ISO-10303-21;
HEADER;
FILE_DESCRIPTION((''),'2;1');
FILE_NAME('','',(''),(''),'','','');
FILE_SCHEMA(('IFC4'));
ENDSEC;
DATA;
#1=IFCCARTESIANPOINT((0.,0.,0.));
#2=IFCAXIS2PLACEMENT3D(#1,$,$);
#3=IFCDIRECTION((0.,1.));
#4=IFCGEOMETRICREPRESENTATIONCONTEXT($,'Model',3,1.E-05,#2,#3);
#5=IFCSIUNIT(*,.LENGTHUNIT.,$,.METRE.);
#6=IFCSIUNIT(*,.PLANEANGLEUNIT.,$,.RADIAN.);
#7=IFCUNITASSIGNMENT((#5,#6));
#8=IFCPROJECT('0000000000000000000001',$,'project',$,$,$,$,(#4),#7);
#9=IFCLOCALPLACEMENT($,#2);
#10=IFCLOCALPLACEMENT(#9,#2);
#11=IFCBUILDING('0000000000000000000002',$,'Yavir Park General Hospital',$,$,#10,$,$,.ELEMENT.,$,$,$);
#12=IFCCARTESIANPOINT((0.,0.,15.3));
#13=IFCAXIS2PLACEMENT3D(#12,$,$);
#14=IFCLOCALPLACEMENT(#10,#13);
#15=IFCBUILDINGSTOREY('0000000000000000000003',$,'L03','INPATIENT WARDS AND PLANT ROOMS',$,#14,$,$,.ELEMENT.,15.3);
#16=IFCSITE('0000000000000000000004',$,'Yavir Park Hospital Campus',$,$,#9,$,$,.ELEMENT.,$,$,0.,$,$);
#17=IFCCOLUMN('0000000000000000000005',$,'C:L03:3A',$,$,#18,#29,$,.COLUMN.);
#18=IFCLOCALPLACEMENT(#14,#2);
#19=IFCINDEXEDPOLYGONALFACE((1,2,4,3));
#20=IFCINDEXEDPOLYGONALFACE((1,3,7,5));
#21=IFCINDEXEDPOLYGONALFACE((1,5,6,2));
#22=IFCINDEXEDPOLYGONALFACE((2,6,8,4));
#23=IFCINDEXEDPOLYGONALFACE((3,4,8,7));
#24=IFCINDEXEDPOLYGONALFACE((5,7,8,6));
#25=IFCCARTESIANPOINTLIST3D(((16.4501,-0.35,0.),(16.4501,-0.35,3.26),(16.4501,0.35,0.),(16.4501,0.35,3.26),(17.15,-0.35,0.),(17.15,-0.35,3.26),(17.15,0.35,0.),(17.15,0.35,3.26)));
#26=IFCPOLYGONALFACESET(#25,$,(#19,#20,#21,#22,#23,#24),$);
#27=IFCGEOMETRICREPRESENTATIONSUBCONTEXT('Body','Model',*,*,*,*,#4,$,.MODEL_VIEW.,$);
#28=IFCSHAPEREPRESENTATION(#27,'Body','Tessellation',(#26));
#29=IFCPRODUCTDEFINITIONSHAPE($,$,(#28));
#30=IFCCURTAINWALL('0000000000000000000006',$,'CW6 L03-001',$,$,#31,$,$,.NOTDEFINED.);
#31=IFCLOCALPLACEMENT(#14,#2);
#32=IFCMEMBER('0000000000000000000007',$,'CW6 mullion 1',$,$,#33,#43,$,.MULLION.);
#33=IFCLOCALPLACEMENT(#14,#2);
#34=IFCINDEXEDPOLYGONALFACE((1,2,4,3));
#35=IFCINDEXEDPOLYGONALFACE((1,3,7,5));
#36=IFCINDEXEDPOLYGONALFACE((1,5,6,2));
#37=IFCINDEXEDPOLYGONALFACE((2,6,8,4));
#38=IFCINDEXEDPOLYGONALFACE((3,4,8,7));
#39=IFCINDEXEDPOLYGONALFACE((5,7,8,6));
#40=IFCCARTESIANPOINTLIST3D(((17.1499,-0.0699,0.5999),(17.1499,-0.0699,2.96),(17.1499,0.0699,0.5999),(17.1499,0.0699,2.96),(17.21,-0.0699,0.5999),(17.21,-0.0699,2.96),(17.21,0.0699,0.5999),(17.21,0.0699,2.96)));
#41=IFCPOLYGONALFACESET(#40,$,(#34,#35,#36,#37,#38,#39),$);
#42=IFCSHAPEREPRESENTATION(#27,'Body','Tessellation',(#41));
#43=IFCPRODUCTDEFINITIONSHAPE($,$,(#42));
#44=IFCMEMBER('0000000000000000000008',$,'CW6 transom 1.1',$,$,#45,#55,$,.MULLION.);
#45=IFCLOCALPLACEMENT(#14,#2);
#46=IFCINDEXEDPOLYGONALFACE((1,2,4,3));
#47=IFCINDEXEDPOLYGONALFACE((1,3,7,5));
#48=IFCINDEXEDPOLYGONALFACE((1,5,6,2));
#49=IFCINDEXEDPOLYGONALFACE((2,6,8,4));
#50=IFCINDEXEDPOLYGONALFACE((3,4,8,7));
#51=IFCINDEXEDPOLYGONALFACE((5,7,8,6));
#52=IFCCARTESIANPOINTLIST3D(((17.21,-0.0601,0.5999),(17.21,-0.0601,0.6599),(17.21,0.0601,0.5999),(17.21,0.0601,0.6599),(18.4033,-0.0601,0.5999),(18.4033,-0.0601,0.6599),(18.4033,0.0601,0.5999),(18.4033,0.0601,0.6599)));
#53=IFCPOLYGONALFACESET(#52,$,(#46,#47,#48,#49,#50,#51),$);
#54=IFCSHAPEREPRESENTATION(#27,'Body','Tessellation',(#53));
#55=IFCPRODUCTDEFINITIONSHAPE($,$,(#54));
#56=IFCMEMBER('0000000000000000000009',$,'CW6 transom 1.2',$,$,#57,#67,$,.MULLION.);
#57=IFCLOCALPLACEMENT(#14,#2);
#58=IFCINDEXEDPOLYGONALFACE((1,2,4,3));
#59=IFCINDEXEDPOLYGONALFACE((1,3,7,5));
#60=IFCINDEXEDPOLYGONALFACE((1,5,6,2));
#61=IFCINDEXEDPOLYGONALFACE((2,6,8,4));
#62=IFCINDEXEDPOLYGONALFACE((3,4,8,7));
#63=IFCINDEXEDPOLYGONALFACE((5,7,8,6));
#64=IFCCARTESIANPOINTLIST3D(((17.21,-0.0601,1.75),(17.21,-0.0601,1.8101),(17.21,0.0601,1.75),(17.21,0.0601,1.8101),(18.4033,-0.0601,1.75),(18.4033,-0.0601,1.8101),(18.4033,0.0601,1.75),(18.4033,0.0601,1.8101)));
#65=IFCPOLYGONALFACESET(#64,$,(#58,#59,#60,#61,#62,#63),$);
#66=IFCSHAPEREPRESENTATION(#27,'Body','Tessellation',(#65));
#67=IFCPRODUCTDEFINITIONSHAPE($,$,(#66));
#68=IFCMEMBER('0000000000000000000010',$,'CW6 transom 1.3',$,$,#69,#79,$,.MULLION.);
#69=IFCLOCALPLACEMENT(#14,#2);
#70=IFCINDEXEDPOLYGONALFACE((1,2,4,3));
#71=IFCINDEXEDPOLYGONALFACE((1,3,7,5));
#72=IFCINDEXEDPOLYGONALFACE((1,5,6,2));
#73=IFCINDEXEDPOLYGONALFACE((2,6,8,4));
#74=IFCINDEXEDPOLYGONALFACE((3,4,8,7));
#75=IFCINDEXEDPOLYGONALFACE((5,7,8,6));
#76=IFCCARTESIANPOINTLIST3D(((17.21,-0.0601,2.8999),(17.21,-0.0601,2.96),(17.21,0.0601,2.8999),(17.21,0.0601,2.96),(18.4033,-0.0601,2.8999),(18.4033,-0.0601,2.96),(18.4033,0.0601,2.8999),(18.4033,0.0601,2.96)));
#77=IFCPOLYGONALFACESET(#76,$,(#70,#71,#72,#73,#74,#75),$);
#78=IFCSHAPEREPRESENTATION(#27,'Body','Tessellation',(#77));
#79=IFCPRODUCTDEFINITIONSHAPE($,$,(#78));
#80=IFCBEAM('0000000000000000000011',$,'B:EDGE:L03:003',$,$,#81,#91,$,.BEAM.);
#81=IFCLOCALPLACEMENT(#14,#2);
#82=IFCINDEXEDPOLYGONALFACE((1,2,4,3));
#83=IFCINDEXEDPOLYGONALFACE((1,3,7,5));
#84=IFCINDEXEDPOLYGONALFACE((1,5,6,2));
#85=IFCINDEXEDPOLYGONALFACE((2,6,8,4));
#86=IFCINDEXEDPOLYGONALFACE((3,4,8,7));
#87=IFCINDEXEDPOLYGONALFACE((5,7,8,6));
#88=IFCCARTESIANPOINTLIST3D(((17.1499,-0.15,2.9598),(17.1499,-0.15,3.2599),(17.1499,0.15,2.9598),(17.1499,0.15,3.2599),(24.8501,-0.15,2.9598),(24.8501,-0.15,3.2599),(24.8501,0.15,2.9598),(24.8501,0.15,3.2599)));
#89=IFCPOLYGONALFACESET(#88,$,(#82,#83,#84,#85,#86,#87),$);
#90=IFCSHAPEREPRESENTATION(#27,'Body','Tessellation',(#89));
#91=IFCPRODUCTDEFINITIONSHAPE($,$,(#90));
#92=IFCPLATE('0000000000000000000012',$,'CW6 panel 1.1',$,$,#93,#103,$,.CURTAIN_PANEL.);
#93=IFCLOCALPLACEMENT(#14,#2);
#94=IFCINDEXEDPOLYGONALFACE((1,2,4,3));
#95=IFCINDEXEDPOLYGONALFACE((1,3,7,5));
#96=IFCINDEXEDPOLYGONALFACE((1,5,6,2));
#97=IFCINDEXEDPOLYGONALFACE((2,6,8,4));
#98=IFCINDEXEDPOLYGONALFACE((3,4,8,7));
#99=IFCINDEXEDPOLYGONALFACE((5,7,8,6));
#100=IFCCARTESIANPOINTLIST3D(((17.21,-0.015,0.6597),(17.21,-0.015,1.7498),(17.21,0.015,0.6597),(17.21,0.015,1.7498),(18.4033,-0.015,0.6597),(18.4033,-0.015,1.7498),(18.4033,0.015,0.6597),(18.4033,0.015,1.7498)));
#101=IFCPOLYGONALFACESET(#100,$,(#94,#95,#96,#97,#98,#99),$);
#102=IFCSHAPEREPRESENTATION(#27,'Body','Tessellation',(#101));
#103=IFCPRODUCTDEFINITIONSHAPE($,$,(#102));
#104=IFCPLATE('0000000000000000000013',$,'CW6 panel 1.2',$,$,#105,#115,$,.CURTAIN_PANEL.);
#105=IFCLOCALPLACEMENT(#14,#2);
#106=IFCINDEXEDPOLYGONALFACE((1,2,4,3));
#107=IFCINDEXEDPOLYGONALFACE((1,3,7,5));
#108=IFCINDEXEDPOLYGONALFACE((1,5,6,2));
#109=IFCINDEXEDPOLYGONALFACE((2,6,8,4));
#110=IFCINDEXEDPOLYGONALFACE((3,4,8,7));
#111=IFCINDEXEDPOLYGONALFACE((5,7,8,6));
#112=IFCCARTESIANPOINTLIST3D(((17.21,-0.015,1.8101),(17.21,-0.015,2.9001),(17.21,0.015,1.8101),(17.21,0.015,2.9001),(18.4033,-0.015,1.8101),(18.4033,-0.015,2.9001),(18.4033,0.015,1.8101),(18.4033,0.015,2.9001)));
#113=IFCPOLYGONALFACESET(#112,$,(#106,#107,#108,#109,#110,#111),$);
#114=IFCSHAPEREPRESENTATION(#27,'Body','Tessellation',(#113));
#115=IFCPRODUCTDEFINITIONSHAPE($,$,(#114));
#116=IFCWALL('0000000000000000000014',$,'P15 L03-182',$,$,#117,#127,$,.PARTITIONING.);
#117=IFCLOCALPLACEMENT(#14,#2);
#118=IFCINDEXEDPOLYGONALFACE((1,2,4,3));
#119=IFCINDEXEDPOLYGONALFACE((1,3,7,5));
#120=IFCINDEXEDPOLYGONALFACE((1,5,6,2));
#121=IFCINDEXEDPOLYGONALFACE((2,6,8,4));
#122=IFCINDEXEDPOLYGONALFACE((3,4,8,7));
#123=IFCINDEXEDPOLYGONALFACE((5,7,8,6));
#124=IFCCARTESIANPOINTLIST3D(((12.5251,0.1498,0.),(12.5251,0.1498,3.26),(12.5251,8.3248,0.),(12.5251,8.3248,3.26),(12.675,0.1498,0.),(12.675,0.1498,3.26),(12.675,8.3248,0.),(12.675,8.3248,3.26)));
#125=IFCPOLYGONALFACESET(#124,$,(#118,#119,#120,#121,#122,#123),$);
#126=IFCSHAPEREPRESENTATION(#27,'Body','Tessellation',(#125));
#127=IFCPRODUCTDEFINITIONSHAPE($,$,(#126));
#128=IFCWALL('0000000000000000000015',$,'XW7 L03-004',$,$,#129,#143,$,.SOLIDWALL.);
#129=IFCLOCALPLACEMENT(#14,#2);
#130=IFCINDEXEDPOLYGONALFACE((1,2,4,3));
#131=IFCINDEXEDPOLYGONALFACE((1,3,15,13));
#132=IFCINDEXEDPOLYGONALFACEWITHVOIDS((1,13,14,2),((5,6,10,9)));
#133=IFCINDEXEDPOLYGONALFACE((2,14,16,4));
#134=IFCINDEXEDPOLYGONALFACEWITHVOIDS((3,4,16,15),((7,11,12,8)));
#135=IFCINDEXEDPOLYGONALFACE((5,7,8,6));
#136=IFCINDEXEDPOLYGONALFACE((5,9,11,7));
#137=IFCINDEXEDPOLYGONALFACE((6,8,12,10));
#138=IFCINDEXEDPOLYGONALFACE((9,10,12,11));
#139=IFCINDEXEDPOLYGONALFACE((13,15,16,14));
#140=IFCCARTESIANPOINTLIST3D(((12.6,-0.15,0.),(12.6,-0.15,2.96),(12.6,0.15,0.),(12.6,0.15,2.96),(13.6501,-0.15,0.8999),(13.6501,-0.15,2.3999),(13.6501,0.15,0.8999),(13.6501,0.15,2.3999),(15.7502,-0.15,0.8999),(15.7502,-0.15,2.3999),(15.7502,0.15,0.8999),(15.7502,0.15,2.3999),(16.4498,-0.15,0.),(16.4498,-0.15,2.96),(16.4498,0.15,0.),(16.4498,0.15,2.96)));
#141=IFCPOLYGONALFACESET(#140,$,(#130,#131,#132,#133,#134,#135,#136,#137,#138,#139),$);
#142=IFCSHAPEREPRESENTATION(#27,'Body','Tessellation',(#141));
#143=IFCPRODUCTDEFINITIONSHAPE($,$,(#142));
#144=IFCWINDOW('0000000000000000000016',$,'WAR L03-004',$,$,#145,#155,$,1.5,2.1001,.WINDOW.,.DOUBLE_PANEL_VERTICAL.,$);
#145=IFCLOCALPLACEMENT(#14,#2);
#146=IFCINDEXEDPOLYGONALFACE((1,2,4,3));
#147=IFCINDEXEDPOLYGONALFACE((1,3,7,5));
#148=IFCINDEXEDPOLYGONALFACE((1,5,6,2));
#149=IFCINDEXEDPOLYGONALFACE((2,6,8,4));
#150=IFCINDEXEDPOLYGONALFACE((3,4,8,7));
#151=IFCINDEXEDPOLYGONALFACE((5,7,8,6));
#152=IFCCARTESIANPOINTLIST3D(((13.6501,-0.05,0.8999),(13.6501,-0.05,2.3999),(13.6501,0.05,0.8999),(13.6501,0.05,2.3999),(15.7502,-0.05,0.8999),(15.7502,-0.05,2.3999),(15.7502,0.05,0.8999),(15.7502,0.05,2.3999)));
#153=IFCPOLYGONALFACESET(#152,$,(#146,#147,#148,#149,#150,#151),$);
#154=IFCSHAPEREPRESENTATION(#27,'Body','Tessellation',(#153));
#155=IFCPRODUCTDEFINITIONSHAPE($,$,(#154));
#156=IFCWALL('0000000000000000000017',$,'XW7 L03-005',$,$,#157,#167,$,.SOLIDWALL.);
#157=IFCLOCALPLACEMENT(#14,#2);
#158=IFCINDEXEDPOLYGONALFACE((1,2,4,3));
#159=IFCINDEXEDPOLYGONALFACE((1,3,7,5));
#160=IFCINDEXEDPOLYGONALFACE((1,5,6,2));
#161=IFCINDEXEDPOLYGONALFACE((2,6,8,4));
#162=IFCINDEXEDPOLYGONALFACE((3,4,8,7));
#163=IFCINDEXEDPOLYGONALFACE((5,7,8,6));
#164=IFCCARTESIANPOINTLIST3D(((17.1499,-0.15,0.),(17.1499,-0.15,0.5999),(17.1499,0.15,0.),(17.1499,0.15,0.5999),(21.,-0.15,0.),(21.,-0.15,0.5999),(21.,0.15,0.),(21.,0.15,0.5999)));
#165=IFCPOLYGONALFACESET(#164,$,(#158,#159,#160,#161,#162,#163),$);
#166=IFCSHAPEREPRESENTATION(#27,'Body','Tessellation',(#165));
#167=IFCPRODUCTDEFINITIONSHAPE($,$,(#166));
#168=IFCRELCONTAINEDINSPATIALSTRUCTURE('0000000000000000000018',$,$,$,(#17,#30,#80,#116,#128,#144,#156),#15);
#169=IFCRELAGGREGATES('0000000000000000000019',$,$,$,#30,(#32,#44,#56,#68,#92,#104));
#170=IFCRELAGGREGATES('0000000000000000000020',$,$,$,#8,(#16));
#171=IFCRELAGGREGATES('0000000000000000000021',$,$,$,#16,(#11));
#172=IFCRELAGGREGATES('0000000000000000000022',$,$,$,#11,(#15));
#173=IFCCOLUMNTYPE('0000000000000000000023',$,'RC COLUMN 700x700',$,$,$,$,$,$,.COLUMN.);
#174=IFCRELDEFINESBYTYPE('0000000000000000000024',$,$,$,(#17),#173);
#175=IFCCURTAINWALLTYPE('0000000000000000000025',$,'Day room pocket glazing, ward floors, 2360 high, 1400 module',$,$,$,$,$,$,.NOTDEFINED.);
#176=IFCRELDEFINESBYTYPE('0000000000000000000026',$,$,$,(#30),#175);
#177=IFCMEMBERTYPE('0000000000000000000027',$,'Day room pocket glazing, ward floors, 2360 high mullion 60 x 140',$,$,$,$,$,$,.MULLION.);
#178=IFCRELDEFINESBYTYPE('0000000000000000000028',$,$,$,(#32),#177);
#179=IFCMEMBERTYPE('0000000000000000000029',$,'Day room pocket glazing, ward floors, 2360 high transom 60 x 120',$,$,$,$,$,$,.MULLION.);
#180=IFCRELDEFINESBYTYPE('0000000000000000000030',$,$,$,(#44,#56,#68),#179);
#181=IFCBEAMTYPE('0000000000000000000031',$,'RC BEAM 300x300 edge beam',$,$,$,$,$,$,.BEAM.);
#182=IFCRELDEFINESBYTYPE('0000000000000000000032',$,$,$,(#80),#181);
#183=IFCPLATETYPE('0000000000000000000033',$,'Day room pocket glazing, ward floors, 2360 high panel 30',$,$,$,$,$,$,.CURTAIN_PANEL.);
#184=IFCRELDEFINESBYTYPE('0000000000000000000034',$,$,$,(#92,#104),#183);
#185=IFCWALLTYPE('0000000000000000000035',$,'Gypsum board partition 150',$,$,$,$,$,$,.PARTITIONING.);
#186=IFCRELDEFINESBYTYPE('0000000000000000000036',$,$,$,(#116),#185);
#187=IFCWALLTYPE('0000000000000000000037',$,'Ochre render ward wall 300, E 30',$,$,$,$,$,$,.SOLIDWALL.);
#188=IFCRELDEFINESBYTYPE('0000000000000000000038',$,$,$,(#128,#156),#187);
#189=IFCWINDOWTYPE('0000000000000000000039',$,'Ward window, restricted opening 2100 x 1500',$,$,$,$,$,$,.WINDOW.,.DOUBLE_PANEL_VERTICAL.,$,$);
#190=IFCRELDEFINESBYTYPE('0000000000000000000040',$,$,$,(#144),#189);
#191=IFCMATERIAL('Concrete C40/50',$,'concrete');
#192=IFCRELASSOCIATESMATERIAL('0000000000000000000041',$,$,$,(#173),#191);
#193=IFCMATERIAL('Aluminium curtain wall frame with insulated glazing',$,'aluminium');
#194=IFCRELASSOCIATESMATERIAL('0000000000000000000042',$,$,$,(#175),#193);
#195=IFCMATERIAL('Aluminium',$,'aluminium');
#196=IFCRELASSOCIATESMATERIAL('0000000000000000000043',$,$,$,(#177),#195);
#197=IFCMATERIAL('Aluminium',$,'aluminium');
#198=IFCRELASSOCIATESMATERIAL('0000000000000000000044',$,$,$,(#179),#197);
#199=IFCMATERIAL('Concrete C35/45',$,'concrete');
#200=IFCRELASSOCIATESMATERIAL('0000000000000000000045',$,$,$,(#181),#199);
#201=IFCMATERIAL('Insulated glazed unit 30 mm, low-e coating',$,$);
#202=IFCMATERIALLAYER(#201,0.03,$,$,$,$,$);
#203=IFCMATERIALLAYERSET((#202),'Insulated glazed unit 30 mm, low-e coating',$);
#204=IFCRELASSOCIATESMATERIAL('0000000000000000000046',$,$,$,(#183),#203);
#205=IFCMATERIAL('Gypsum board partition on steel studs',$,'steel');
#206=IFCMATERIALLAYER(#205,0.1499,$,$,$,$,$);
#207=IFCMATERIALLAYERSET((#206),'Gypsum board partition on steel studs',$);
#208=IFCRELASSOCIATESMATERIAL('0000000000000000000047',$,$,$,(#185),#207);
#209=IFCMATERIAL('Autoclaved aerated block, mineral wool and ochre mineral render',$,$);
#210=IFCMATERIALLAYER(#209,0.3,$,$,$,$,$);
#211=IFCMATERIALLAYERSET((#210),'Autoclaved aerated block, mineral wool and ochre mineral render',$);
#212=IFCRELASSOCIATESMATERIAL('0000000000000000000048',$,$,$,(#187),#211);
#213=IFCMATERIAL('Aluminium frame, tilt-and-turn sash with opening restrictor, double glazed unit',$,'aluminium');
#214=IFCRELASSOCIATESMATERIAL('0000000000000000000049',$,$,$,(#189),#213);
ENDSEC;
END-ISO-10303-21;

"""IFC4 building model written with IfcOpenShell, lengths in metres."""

from ifc_helpers import new_model, si_unit, direction, frame, frame_2d, origin, origin_2d, place, context, subcontext, project, spatial, rectangle, extrude, material, layer, layer_set, material_profile, profile_set, type_object, element, fill, aggregate, save


model = new_model("IFC4")

# Units and contexts
model_context = context("Model", 3, precision=1e-05, world=origin(), true_north=direction((0.0, 1.0)))
body_context = subcontext(model_context, "Body", "Model", "MODEL_VIEW")
ifc_project = project(units=[si_unit("LENGTHUNIT", "METRE"), si_unit("PLANEANGLEUNIT", "RADIAN")], contexts=[model_context])

# Site, building, storey
site_placement = place(None, origin())
site = spatial("IfcSite", under=ifc_project, at=site_placement, Name="Yavir Park Hospital Campus", CompositionType="ELEMENT", RefElevation=0.0)
building_placement = place(site_placement, origin())
building = spatial("IfcBuilding", under=site, at=building_placement, Name="Yavir Park General Hospital", CompositionType="ELEMENT")
storey_placement = place(building_placement, frame((0.0, 0.0, 15.3)))
storey = spatial("IfcBuildingStorey", under=building, at=storey_placement, Name="L03", Description="INPATIENT WARDS AND PLANT ROOMS", CompositionType="ELEMENT", Elevation=15.3)

# Column
ifc_material_1 = material(Name="Concrete C40/50", Category="concrete")
ifc_material_profile_1 = material_profile(ifc_material_1, rectangle(XDim=0.7, YDim=0.7, at=origin_2d()), Name="RC700x700")
ifc_profile_set_1 = profile_set([ifc_material_profile_1], Name="Concrete C40/50")
column_type = type_object("IfcColumnType", Name="RC COLUMN 700x700", PredefinedType="COLUMN", material=ifc_profile_set_1)
column_placement = place(storey_placement, frame((16.8, 0.0, 0.0), z_axis=(0.0, 0.0, 1.0), x_axis=(1.0, 0.0, 0.0)))
element("IfcColumn", 1, at=column_placement, inside=storey, type_object=column_type, Name="C:L03:3A", PredefinedType="COLUMN", context=body_context, shape_type="SweptSolid", body=[
    extrude(rectangle(XDim=0.7, YDim=0.7, at=origin_2d()), origin(), (0.0, 0.0, 1.0), 3.26),
])

# Curtain wall, members
ifc_material_2 = material(Name="Aluminium curtain wall frame with insulated glazing", Category="aluminium")
curtain_wall_type = type_object("IfcCurtainWallType", Name="Day room pocket glazing, ward floors, 2360 high, 1400 module", PredefinedType="NOTDEFINED", material=ifc_material_2)
curtain_wall_placement = place(storey_placement, origin())
curtain_wall = element("IfcCurtainWall", 2, at=curtain_wall_placement, inside=storey, type_object=curtain_wall_type, Name="CW6 L03-001", PredefinedType="NOTDEFINED")
ifc_material_3 = material(Name="Aluminium", Category="aluminium")
ifc_material_profile_2 = material_profile(ifc_material_3, rectangle(XDim=0.1399, YDim=0.0601, at=origin_2d()), Name="AL 60x140")
ifc_profile_set_2 = profile_set([ifc_material_profile_2], Name="Aluminium")
member_type_1 = type_object("IfcMemberType", Name="Day room pocket glazing, ward floors, 2360 high mullion 60 x 140", PredefinedType="MULLION", material=ifc_profile_set_2)
member_1_placement = place(storey_placement, frame((17.1799, 0.0, 0.5999), z_axis=(0.0, 0.0, 1.0), x_axis=(0.0, 1.0, 0.0)))
member_1 = element("IfcMember", 3, at=member_1_placement, type_object=member_type_1, Name="CW6 mullion 1", PredefinedType="MULLION", context=body_context, shape_type="SweptSolid", body=[
    extrude(rectangle(XDim=0.1399, YDim=0.0601, at=origin_2d()), origin(), (0.0, 0.0, 1.0), 2.3601),
])
ifc_material_4 = material(Name="Aluminium", Category="aluminium")
ifc_material_profile_3 = material_profile(ifc_material_4, rectangle(XDim=0.1201, YDim=0.0601, at=origin_2d()), Name="AL 120x60")
ifc_profile_set_3 = profile_set([ifc_material_profile_3], Name="Aluminium")
member_type_2 = type_object("IfcMemberType", Name="Day room pocket glazing, ward floors, 2360 high transom 60 x 120", PredefinedType="MULLION", material=ifc_profile_set_3)
member_2_placement = place(storey_placement, frame((17.21, 0.0, 0.6299), z_axis=(1.0, 0.0, 0.0), x_axis=(0.0, 1.0, 0.0)))
member_2 = element("IfcMember", 4, at=member_2_placement, type_object=member_type_2, Name="CW6 transom 1.1", PredefinedType="MULLION", context=body_context, shape_type="SweptSolid", body=[
    extrude(rectangle(XDim=0.1201, YDim=0.0601, at=origin_2d()), origin(), (0.0, 0.0, 1.0), 1.1934),
])
member_3_placement = place(storey_placement, frame((17.21, 0.0, 1.78), z_axis=(1.0, 0.0, 0.0), x_axis=(0.0, 1.0, 0.0)))
member_3 = element("IfcMember", 5, at=member_3_placement, type_object=member_type_2, Name="CW6 transom 1.2", PredefinedType="MULLION", context=body_context, shape_type="SweptSolid", body=[
    extrude(rectangle(XDim=0.1201, YDim=0.0601, at=origin_2d()), origin(), (0.0, 0.0, 1.0), 1.1934),
])
member_4_placement = place(storey_placement, frame((17.21, 0.0, 2.9299), z_axis=(1.0, 0.0, 0.0), x_axis=(0.0, 1.0, 0.0)))
member_4 = element("IfcMember", 6, at=member_4_placement, type_object=member_type_2, Name="CW6 transom 1.3", PredefinedType="MULLION", context=body_context, shape_type="SweptSolid", body=[
    extrude(rectangle(XDim=0.1201, YDim=0.0601, at=origin_2d()), origin(), (0.0, 0.0, 1.0), 1.1934),
])

# Beam
ifc_material_5 = material(Name="Concrete C35/45", Category="concrete")
ifc_material_profile_4 = material_profile(ifc_material_5, rectangle(XDim=0.3, YDim=0.3, at=origin_2d()), Name="RC300x300")
ifc_profile_set_4 = profile_set([ifc_material_profile_4], Name="Concrete C35/45")
beam_type = type_object("IfcBeamType", Name="RC BEAM 300x300 edge beam", PredefinedType="BEAM", material=ifc_profile_set_4)
beam_placement = place(storey_placement, frame((17.1499, 0.0, 3.1099), z_axis=(1.0, 0.0, 0.0), x_axis=(0.0, 1.0, 0.0)))
element("IfcBeam", 7, at=beam_placement, inside=storey, type_object=beam_type, Name="B:EDGE:L03:003", PredefinedType="BEAM", context=body_context, shape_type="SweptSolid", body=[
    extrude(rectangle(XDim=0.3, YDim=0.3, at=origin_2d()), origin(), (0.0, 0.0, 1.0), 7.7002),
])

# Plates
ifc_material_6 = material(Name="Insulated glazed unit 30 mm, low-e coating")
ifc_layer_1 = layer(ifc_material_6, 0.03)
ifc_layer_set_1 = layer_set([ifc_layer_1], Name="Insulated glazed unit 30 mm, low-e coating")
plate_type = type_object("IfcPlateType", Name="Day room pocket glazing, ward floors, 2360 high panel 30", PredefinedType="CURTAIN_PANEL", material=ifc_layer_set_1)
plate_1_placement = place(storey_placement, frame((17.8066, 0.0, 0.6597), z_axis=(0.0, 0.0, 1.0), x_axis=(1.0, 0.0, 0.0)))
plate_1 = element("IfcPlate", 8, at=plate_1_placement, type_object=plate_type, Name="CW6 panel 1.1", PredefinedType="CURTAIN_PANEL", context=body_context, shape_type="SweptSolid", body=[
    extrude(rectangle(XDim=1.1934, YDim=0.03, at=origin_2d()), origin(), (0.0, 0.0, 1.0), 1.0901),
])
plate_2_placement = place(storey_placement, frame((17.8066, 0.0, 1.8101), z_axis=(0.0, 0.0, 1.0), x_axis=(1.0, 0.0, 0.0)))
plate_2 = element("IfcPlate", 9, at=plate_2_placement, type_object=plate_type, Name="CW6 panel 1.2", PredefinedType="CURTAIN_PANEL", context=body_context, shape_type="SweptSolid", body=[
    extrude(rectangle(XDim=1.1934, YDim=0.03, at=origin_2d()), origin(), (0.0, 0.0, 1.0), 1.0901),
])
aggregate(curtain_wall, [member_1, member_2, member_3, member_4, plate_1, plate_2])

# Wall
ifc_material_7 = material(Name="Gypsum board partition on steel studs", Category="steel")
ifc_layer_2 = layer(ifc_material_7, 0.1499)
ifc_layer_set_2 = layer_set([ifc_layer_2], Name="Gypsum board partition on steel studs")
wall_type_1 = type_object("IfcWallType", Name="Gypsum board partition 150", PredefinedType="PARTITIONING", material=ifc_layer_set_2)
wall_1_placement = place(storey_placement, frame((12.6001, 0.1499, 0.0), z_axis=(0.0, 0.0, 1.0), x_axis=(0.0, 1.0, 0.0)))
element("IfcWall", 10, at=wall_1_placement, inside=storey, type_object=wall_type_1, Name="P15 L03-182", PredefinedType="PARTITIONING", context=body_context, shape_type="SweptSolid", body=[
    extrude(rectangle(XDim=8.175, YDim=0.1499, at=frame_2d((4.0874, 0.0))), origin(), (0.0, 0.0, 1.0), 3.26),
])

# Wall, opening, window
ifc_material_8 = material(Name="Autoclaved aerated block, mineral wool and ochre mineral render")
ifc_layer_3 = layer(ifc_material_8, 0.3)
ifc_layer_set_3 = layer_set([ifc_layer_3], Name="Autoclaved aerated block, mineral wool and ochre mineral render")
wall_type_2 = type_object("IfcWallType", Name="Ochre render ward wall 300, E 30", PredefinedType="SOLIDWALL", material=ifc_layer_set_3)
wall_2_placement = place(storey_placement, frame((12.6001, 0.0, 0.0), z_axis=(0.0, 0.0, 1.0), x_axis=(1.0, 0.0, 0.0)))
wall_2 = element("IfcWall", 11, at=wall_2_placement, inside=storey, type_object=wall_type_2, Name="XW7 L03-004", PredefinedType="SOLIDWALL", context=body_context, shape_type="SweptSolid", body=[
    extrude(rectangle(XDim=3.8499, YDim=0.3, at=frame_2d((1.9248, 0.0))), origin(), (0.0, 0.0, 1.0), 2.96),
])
opening_placement = place(wall_2_placement, frame((1.05, 0.0, 0.8999)))
opening = element("IfcOpeningElement", 12, at=opening_placement, cuts=wall_2, PredefinedType="OPENING", context=body_context, shape_type="SweptSolid", body=[
    extrude(rectangle(XDim=2.1001, YDim=1.5, at=frame_2d((1.05, 0.75))), frame((0.0, 0.1599, 0.0), z_axis=(0.0, -1.0, 0.0), x_axis=(1.0, 0.0, 0.0)), (0.0, 0.0, 1.0), 0.3201),
])
ifc_material_9 = material(Name="Aluminium frame, tilt-and-turn sash with opening restrictor, double glazed unit", Category="aluminium")
window_type = type_object("IfcWindowType", Name="Ward window, restricted opening 2100 x 1500", PartitioningType="DOUBLE_PANEL_VERTICAL", PredefinedType="WINDOW", material=ifc_material_9)
window_placement = place(opening_placement, origin())
window = element("IfcWindow", 13, at=window_placement, inside=storey, type_object=window_type, Name="WAR L03-004", OverallHeight=1.5, OverallWidth=2.1001, PartitioningType="DOUBLE_PANEL_VERTICAL", PredefinedType="WINDOW", context=body_context, shape_type="SweptSolid", body=[
    extrude(rectangle(XDim=2.1001, YDim=1.5, at=frame_2d((1.05, 0.75))), frame((0.0, 0.05, 0.0), z_axis=(0.0, -1.0, 0.0), x_axis=(1.0, 0.0, 0.0)), (0.0, 0.0, 1.0), 0.1001),
])
fill(opening, window)

# Wall
wall_3_placement = place(storey_placement, frame((17.1499, 0.0, 0.0), z_axis=(0.0, 0.0, 1.0), x_axis=(1.0, 0.0, 0.0)))
element("IfcWall", 14, at=wall_3_placement, inside=storey, type_object=wall_type_2, Name="XW7 L03-005", PredefinedType="SOLIDWALL", context=body_context, shape_type="SweptSolid", body=[
    extrude(rectangle(XDim=3.8501, YDim=0.3, at=frame_2d((1.925, 0.0))), origin(), (0.0, 0.0, 1.0), 0.5999),
])

save(model, "model.ifc")
